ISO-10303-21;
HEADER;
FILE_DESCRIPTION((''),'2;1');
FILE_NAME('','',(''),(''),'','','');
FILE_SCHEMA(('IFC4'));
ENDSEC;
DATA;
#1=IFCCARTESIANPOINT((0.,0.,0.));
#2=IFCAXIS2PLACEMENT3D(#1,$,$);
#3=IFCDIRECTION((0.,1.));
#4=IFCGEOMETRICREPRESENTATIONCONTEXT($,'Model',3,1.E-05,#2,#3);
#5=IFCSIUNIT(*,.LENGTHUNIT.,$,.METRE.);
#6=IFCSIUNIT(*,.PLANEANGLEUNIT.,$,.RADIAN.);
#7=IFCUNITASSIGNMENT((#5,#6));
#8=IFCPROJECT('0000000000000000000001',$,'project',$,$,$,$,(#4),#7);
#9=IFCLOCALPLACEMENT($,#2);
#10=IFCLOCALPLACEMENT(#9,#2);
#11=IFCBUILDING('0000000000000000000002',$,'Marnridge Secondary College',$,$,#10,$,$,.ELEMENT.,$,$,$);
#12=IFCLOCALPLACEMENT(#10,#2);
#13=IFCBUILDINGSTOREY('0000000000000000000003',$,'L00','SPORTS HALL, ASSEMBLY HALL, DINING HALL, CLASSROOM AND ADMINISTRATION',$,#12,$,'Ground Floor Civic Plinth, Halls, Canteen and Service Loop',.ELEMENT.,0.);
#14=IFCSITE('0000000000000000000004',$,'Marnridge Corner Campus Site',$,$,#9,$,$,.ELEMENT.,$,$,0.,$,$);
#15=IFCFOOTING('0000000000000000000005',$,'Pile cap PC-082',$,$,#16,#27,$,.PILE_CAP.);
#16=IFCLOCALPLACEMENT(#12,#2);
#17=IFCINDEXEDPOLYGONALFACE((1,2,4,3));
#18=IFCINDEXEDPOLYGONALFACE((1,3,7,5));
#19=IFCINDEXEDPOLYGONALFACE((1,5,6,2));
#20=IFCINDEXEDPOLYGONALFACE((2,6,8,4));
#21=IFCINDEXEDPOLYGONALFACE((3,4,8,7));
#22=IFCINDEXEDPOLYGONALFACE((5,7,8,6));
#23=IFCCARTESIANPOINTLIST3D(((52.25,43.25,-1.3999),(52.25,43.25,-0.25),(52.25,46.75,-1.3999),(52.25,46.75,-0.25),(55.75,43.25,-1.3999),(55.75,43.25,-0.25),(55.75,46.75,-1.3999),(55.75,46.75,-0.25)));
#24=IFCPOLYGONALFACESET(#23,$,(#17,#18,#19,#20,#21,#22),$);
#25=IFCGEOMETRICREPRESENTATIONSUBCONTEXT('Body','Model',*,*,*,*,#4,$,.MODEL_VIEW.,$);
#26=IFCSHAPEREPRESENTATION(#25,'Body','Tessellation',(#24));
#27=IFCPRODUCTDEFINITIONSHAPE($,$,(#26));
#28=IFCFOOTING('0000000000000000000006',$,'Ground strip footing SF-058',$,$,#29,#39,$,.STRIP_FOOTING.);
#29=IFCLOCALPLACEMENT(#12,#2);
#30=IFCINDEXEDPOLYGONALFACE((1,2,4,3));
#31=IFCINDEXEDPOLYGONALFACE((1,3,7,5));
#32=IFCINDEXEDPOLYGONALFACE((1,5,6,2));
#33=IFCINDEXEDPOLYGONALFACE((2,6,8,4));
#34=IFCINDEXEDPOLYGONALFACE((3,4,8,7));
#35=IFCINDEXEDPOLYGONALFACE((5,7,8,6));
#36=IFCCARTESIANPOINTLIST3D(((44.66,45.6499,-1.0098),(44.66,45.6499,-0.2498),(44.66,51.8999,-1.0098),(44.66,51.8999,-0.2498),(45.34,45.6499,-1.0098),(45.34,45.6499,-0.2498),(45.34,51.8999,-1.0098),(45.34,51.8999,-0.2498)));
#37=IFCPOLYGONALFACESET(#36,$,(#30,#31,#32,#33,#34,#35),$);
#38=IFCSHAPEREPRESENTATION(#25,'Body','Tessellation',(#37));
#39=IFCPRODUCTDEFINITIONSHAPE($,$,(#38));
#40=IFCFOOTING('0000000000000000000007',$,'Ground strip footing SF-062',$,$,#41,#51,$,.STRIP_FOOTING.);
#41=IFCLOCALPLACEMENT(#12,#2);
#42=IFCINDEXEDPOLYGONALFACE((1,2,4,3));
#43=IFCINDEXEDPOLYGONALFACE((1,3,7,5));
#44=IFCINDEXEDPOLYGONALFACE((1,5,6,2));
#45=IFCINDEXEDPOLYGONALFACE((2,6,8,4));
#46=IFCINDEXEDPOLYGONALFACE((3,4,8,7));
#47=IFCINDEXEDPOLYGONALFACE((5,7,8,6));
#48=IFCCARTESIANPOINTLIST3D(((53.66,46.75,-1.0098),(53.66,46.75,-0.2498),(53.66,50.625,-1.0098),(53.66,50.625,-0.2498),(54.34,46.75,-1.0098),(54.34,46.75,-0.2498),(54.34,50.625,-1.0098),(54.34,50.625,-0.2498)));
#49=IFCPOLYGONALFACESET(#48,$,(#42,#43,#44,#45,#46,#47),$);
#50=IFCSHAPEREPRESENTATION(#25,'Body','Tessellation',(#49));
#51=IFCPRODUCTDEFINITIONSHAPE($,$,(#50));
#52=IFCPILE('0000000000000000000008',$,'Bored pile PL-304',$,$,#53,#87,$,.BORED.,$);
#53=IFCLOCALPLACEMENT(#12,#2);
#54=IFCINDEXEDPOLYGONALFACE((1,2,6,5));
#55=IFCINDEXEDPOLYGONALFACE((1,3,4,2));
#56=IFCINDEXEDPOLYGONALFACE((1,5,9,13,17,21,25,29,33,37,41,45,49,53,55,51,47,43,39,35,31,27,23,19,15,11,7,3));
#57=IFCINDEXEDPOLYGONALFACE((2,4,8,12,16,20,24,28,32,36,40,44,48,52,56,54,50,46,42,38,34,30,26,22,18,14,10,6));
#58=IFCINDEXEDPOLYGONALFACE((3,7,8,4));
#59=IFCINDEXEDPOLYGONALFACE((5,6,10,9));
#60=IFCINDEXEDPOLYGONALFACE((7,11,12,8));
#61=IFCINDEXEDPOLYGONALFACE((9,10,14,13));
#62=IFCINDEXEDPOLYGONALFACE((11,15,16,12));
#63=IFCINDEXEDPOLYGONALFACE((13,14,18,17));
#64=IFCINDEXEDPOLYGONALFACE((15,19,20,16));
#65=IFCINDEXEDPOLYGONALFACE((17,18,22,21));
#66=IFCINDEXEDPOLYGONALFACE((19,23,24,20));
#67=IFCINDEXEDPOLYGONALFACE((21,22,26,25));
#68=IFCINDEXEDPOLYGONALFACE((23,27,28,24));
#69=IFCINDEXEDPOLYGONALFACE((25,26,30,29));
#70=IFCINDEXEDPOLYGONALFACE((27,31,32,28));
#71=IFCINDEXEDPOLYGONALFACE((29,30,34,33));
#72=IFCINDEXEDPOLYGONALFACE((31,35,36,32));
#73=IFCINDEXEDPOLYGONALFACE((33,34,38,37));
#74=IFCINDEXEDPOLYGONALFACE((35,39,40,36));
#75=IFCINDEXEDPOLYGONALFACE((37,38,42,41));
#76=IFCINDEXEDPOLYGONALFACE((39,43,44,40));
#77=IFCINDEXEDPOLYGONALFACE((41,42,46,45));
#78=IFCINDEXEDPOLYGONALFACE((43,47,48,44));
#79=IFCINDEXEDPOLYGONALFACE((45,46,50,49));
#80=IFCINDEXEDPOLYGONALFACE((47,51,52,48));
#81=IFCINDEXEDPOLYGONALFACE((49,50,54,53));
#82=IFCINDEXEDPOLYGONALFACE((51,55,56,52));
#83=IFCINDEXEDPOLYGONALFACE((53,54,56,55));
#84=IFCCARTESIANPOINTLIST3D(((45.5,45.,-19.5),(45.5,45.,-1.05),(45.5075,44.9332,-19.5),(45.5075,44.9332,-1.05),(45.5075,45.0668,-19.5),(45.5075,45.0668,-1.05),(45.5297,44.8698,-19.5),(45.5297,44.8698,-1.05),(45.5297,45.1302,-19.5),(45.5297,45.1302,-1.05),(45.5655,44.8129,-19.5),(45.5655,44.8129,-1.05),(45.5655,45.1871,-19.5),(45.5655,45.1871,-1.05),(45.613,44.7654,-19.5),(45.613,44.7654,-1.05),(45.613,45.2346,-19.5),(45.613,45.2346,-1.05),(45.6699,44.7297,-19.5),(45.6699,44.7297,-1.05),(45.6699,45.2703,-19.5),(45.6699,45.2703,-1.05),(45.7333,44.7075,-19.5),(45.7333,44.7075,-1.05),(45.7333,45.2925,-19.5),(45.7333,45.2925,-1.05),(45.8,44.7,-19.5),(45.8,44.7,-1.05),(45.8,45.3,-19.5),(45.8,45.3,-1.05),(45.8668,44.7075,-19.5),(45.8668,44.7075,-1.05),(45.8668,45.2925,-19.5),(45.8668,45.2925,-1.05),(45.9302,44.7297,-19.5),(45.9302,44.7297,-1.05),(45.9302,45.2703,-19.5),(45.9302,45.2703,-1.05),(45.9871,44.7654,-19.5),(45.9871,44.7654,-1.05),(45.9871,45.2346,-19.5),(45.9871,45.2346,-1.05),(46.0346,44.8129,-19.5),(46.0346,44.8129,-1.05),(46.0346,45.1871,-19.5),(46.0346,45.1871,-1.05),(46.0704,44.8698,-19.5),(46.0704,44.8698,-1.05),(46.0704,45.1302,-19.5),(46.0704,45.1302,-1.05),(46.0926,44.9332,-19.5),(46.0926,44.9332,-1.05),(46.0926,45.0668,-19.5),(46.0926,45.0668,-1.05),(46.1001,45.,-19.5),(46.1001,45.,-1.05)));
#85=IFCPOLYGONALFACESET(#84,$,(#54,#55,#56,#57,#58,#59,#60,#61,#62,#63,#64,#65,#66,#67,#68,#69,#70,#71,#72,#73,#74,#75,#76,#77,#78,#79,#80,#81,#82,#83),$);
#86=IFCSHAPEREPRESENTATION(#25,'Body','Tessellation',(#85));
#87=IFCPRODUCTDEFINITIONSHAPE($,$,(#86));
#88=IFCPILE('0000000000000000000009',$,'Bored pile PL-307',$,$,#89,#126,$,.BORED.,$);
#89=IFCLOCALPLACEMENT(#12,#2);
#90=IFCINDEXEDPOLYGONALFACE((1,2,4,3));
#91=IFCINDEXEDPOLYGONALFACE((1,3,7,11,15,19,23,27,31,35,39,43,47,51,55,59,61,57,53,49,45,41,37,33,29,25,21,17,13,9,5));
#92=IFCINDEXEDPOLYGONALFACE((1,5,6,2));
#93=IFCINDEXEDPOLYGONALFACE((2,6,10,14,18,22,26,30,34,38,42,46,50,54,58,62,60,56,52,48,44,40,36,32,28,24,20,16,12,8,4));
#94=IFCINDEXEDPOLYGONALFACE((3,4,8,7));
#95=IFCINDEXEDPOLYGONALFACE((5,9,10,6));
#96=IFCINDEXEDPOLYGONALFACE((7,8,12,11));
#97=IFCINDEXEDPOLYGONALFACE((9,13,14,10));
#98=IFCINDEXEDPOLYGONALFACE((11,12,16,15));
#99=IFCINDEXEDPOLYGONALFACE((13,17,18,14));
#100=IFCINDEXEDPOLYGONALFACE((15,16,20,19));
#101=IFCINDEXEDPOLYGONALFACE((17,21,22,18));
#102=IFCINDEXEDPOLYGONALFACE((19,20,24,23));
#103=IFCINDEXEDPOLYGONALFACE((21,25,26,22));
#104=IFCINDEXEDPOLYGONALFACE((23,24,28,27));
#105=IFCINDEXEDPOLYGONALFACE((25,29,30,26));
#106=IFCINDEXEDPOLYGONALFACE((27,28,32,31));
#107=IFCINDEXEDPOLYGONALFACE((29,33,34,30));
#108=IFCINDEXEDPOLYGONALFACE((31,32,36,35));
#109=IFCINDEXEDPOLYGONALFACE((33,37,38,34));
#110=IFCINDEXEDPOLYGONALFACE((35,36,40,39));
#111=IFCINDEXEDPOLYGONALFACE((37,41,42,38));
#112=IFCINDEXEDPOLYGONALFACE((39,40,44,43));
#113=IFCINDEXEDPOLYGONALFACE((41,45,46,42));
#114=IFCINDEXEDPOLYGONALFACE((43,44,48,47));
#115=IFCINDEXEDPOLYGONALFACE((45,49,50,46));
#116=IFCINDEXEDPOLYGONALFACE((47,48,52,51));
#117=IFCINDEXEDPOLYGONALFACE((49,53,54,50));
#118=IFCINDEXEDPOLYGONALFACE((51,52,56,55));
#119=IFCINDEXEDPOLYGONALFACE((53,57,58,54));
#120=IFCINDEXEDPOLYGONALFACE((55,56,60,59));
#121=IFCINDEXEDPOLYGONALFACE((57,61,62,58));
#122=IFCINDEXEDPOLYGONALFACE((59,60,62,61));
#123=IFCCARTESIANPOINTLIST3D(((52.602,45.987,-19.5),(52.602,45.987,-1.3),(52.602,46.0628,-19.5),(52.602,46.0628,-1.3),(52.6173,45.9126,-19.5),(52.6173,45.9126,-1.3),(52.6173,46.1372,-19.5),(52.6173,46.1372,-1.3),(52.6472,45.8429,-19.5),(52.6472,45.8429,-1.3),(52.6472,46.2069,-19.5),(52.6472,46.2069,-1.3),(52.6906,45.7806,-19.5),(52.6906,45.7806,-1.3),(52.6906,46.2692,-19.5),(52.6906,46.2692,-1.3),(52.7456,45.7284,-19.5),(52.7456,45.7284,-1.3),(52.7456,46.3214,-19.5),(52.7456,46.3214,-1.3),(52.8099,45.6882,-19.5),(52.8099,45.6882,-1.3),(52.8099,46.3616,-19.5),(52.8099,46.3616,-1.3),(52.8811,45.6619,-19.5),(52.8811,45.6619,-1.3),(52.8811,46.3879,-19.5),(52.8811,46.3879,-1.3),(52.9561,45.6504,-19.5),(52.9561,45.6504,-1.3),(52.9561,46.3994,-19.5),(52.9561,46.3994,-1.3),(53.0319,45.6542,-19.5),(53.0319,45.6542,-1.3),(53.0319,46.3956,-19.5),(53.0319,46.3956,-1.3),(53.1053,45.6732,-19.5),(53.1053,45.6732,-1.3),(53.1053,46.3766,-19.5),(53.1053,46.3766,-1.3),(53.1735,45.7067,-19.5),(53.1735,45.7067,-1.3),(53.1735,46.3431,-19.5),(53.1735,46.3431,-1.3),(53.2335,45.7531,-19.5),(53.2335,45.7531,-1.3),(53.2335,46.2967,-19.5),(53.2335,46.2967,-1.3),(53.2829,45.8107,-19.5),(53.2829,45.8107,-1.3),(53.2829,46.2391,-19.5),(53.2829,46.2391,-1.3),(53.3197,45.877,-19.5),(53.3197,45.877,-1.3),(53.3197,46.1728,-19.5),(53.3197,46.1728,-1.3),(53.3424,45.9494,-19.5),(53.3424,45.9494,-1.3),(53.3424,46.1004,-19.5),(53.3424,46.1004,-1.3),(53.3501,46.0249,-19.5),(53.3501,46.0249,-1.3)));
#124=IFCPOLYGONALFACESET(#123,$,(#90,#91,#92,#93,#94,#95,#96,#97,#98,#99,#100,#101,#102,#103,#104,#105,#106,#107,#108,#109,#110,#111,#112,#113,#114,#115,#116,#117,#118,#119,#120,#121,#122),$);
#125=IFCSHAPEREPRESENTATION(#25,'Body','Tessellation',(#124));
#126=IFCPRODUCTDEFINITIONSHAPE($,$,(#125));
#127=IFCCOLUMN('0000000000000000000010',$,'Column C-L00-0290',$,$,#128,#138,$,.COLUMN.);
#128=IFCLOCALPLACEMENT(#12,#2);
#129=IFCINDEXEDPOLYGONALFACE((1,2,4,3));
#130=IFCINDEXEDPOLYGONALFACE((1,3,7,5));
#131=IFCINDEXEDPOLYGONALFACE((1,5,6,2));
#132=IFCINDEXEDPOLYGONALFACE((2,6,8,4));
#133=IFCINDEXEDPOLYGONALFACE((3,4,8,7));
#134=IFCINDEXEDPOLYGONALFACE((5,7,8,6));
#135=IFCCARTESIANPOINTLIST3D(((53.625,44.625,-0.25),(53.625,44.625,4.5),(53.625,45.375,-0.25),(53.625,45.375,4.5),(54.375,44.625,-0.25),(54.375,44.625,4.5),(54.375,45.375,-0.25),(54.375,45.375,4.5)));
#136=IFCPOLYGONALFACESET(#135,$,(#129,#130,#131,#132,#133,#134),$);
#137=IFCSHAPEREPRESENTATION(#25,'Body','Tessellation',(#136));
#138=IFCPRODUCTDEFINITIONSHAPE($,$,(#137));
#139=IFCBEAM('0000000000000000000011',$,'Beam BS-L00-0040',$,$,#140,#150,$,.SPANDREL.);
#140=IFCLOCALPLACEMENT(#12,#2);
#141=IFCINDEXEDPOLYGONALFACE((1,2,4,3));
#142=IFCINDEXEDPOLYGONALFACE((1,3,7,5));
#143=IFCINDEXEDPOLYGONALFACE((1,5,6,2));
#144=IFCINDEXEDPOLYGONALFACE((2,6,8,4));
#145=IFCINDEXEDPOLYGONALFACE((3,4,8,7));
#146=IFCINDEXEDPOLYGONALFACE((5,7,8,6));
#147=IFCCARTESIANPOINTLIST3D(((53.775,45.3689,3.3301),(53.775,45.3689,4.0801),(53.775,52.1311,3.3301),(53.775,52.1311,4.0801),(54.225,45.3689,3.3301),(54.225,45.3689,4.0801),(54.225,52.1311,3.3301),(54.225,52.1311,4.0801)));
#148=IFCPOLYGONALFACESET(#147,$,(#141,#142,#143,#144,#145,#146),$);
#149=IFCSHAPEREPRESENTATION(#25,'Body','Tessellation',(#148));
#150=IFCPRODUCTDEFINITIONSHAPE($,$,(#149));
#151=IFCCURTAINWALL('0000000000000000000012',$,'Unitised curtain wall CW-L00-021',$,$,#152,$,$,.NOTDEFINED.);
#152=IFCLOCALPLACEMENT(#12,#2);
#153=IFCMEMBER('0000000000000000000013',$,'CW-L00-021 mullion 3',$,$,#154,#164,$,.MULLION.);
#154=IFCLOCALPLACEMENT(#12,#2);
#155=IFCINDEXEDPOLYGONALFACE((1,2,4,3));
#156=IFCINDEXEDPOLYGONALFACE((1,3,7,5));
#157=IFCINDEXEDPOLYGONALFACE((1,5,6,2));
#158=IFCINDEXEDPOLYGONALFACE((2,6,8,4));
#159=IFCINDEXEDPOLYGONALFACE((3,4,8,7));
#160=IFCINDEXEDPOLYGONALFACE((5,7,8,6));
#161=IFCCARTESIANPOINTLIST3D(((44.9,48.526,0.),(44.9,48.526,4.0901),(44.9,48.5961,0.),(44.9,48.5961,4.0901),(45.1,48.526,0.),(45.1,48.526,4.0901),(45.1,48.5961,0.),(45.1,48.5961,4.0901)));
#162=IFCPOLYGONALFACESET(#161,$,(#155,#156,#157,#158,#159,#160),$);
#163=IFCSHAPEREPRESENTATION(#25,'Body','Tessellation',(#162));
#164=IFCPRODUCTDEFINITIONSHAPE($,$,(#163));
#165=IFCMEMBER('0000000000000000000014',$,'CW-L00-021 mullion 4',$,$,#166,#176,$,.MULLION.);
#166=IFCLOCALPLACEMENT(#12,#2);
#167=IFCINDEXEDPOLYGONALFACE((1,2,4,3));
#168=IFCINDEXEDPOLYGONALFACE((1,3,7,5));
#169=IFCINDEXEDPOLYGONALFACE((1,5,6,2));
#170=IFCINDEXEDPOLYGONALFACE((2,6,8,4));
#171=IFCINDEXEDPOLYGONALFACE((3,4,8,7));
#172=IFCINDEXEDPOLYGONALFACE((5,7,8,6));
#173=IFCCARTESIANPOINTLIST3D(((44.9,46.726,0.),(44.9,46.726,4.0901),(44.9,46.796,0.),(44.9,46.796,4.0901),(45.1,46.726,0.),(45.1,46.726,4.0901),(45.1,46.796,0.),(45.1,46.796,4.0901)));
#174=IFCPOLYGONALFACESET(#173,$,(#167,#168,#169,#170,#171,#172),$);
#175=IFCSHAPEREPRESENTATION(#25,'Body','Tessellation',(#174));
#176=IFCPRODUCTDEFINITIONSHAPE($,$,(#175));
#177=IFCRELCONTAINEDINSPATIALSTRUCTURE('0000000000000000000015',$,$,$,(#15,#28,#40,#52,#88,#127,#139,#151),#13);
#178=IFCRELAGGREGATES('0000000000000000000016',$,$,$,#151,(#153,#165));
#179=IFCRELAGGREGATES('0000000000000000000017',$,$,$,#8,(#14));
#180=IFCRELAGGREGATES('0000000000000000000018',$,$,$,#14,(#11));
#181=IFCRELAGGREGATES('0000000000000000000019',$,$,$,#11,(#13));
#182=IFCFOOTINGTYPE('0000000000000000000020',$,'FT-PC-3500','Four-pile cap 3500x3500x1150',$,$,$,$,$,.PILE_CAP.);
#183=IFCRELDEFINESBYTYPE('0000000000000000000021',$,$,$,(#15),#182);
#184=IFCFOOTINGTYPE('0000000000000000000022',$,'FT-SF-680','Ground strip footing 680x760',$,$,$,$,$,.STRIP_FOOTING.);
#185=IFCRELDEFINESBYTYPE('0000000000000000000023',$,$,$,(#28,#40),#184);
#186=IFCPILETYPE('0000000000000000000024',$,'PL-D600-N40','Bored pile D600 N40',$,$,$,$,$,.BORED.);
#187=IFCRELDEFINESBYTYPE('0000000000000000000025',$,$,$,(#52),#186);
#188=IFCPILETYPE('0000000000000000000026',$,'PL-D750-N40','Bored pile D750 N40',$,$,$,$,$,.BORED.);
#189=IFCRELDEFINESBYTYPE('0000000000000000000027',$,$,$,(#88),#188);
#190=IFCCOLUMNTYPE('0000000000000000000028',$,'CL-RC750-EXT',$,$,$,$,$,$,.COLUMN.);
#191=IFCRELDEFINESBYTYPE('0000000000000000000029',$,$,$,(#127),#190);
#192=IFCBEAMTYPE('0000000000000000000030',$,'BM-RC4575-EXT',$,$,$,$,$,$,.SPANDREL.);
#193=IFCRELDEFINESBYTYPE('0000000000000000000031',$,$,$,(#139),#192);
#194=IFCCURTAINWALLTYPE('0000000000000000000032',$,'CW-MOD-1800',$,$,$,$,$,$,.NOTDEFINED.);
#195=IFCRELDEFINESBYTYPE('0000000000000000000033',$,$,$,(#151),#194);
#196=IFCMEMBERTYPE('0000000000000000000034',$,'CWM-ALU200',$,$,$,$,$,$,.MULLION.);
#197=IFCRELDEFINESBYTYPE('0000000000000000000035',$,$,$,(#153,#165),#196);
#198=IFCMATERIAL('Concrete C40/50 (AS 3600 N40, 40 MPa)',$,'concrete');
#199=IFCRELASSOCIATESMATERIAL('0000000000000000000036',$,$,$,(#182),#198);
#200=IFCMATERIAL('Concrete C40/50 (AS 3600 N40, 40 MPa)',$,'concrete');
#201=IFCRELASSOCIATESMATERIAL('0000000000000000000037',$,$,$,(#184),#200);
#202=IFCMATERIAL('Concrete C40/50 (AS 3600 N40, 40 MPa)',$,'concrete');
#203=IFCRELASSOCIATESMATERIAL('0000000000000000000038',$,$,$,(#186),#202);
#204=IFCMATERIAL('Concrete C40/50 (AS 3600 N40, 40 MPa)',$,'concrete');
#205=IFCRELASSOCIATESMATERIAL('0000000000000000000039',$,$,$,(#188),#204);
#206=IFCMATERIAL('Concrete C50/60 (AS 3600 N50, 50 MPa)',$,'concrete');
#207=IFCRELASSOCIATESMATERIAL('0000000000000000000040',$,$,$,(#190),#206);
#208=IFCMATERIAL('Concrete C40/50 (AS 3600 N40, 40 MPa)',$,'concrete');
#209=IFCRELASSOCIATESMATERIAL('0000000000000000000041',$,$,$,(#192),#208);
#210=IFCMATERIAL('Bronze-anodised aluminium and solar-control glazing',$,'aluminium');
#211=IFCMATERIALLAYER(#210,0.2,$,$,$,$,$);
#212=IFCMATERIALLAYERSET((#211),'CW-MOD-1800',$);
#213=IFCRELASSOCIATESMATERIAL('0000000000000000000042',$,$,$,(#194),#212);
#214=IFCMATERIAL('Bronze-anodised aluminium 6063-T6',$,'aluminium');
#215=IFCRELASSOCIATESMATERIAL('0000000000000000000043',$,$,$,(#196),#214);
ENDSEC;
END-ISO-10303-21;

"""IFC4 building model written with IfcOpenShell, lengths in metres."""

from ifc_helpers import new_model, si_unit, direction, frame, origin, origin_2d, place, context, subcontext, project, spatial, rectangle, circle, extrude, material, layer, layer_set, material_profile, profile_set, type_object, element, aggregate, save


model = new_model("IFC4")

# Units and contexts
model_context = context("Model", 3, precision=1e-05, world=origin(), true_north=direction((0.0, 1.0)))
body_context = subcontext(model_context, "Body", "Model", "MODEL_VIEW")
ifc_project = project(units=[si_unit("LENGTHUNIT", "METRE"), si_unit("PLANEANGLEUNIT", "RADIAN")], contexts=[model_context])

# Site, building, storey
site_placement = place(None, origin())
site = spatial("IfcSite", under=ifc_project, at=site_placement, Name="Marnridge Corner Campus Site", CompositionType="ELEMENT", RefElevation=0.0)
building_placement = place(site_placement, origin())
building = spatial("IfcBuilding", under=site, at=building_placement, Name="Marnridge Secondary College", CompositionType="ELEMENT")
storey_placement = place(building_placement, origin())
storey = spatial("IfcBuildingStorey", under=building, at=storey_placement, Name="L00", Description="SPORTS HALL, ASSEMBLY HALL, DINING HALL, CLASSROOM AND ADMINISTRATION", LongName="Ground Floor Civic Plinth, Halls, Canteen and Service Loop", CompositionType="ELEMENT", Elevation=0.0)

# Footings
ifc_material_1 = material(Name="Concrete C40/50 (AS 3600 N40, 40 MPa)", Category="concrete")
footing_type_1 = type_object("IfcFootingType", Name="FT-PC-3500", Description="Four-pile cap 3500x3500x1150", PredefinedType="PILE_CAP", material=ifc_material_1)
footing_1_placement = place(storey_placement, frame((54.0, 45.0, -1.3999), z_axis=(0.0, 0.0, 1.0), x_axis=(1.0, 0.0, 0.0)))
element("IfcFooting", 1, at=footing_1_placement, inside=storey, type_object=footing_type_1, Name="Pile cap PC-082", PredefinedType="PILE_CAP", context=body_context, shape_type="SweptSolid", body=[
    extrude(rectangle(XDim=3.5, YDim=3.5, at=origin_2d()), origin(), (0.0, 0.0, 1.0), 1.1499),
])
ifc_material_2 = material(Name="Concrete C40/50 (AS 3600 N40, 40 MPa)", Category="concrete")
footing_type_2 = type_object("IfcFootingType", Name="FT-SF-680", Description="Ground strip footing 680x760", PredefinedType="STRIP_FOOTING", material=ifc_material_2)
footing_2_placement = place(storey_placement, frame((45.0, 48.7749, -1.0098), z_axis=(0.0, 0.0, 1.0), x_axis=(1.0, 0.0, 0.0)))
element("IfcFooting", 2, at=footing_2_placement, inside=storey, type_object=footing_type_2, Name="Ground strip footing SF-058", PredefinedType="STRIP_FOOTING", context=body_context, shape_type="SweptSolid", body=[
    extrude(rectangle(XDim=0.6799, YDim=6.25, at=origin_2d()), origin(), (0.0, 0.0, 1.0), 0.76),
])
footing_3_placement = place(storey_placement, frame((54.0, 48.6875, -1.0098), z_axis=(0.0, 0.0, 1.0), x_axis=(1.0, 0.0, 0.0)))
element("IfcFooting", 3, at=footing_3_placement, inside=storey, type_object=footing_type_2, Name="Ground strip footing SF-062", PredefinedType="STRIP_FOOTING", context=body_context, shape_type="SweptSolid", body=[
    extrude(rectangle(XDim=0.6799, YDim=3.875, at=origin_2d()), origin(), (0.0, 0.0, 1.0), 0.76),
])

# Piles
ifc_material_3 = material(Name="Concrete C40/50 (AS 3600 N40, 40 MPa)", Category="concrete")
ifc_material_profile_1 = material_profile(ifc_material_3, circle(Radius=0.3, at=origin_2d()), Name="PILE D600")
ifc_profile_set_1 = profile_set([ifc_material_profile_1], Name="Concrete C40/50 (AS 3600 N40, 40 MPa)")
pile_type_1 = type_object("IfcPileType", Name="PL-D600-N40", Description="Bored pile D600 N40", PredefinedType="BORED", material=ifc_profile_set_1)
pile_1_placement = place(storey_placement, frame((45.8, 45.0, -1.05), z_axis=(0.0, 0.0, -1.0), x_axis=(1.0, 0.0, 0.0)))
element("IfcPile", 4, at=pile_1_placement, inside=storey, type_object=pile_type_1, Name="Bored pile PL-304", PredefinedType="BORED", context=body_context, shape_type="SweptSolid", body=[
    extrude(circle(Radius=0.3, at=origin_2d()), origin(), (0.0, 0.0, 1.0), 18.45),
])
ifc_material_4 = material(Name="Concrete C40/50 (AS 3600 N40, 40 MPa)", Category="concrete")
ifc_material_profile_2 = material_profile(ifc_material_4, circle(Radius=0.375, at=origin_2d()), Name="PILE D750")
ifc_profile_set_2 = profile_set([ifc_material_profile_2], Name="Concrete C40/50 (AS 3600 N40, 40 MPa)")
pile_type_2 = type_object("IfcPileType", Name="PL-D750-N40", Description="Bored pile D750 N40", PredefinedType="BORED", material=ifc_profile_set_2)
pile_2_placement = place(storey_placement, frame((52.9751, 46.0249, -1.3), z_axis=(0.0, 0.0, -1.0), x_axis=(1.0, 0.0, 0.0)))
element("IfcPile", 5, at=pile_2_placement, inside=storey, type_object=pile_type_2, Name="Bored pile PL-307", PredefinedType="BORED", context=body_context, shape_type="SweptSolid", body=[
    extrude(circle(Radius=0.375, at=origin_2d()), origin(), (0.0, 0.0, 1.0), 18.2),
])

# Column
ifc_material_5 = material(Name="Concrete C50/60 (AS 3600 N50, 50 MPa)", Category="concrete")
ifc_material_profile_3 = material_profile(ifc_material_5, rectangle(XDim=0.75, YDim=0.75, at=origin_2d()), Name="RC 750x750")
ifc_profile_set_3 = profile_set([ifc_material_profile_3], Name="Concrete C50/60 (AS 3600 N50, 50 MPa)")
column_type = type_object("IfcColumnType", Name="CL-RC750-EXT", PredefinedType="COLUMN", material=ifc_profile_set_3)
column_placement = place(storey_placement, frame((54.0, 45.0, -0.25), z_axis=(0.0, 0.0, 1.0), x_axis=(1.0, 0.0, 0.0)))
element("IfcColumn", 6, at=column_placement, inside=storey, type_object=column_type, Name="Column C-L00-0290", PredefinedType="COLUMN", context=body_context, shape_type="SweptSolid", body=[
    extrude(rectangle(XDim=0.75, YDim=0.75, at=origin_2d()), origin(), (0.0, 0.0, 1.0), 4.75),
])

# Beam
ifc_material_6 = material(Name="Concrete C40/50 (AS 3600 N40, 40 MPa)", Category="concrete")
ifc_material_profile_4 = material_profile(ifc_material_6, rectangle(XDim=0.45, YDim=0.75, at=origin_2d()), Name="RC 450x750")
ifc_profile_set_4 = profile_set([ifc_material_profile_4], Name="Concrete C40/50 (AS 3600 N40, 40 MPa)")
beam_type = type_object("IfcBeamType", Name="BM-RC4575-EXT", PredefinedType="SPANDREL", material=ifc_profile_set_4)
beam_placement = place(storey_placement, frame((54.0, 45.3689, 3.7051), z_axis=(0.0, 1.0, 0.0), x_axis=(-1.0, 0.0, 0.0)))
element("IfcBeam", 7, at=beam_placement, inside=storey, type_object=beam_type, Name="Beam BS-L00-0040", PredefinedType="SPANDREL", context=body_context, shape_type="SweptSolid", body=[
    extrude(rectangle(XDim=0.45, YDim=0.75, at=origin_2d()), origin(), (0.0, 0.0, 1.0), 6.7622),
])

# Curtain wall, members
ifc_material_7 = material(Name="Bronze-anodised aluminium and solar-control glazing", Category="aluminium")
ifc_layer_1 = layer(ifc_material_7, 0.2)
ifc_layer_set_1 = layer_set([ifc_layer_1], Name="CW-MOD-1800")
curtain_wall_type = type_object("IfcCurtainWallType", Name="CW-MOD-1800", PredefinedType="NOTDEFINED", material=ifc_layer_set_1)
curtain_wall_placement = place(storey_placement, origin())
curtain_wall = element("IfcCurtainWall", 8, at=curtain_wall_placement, inside=storey, type_object=curtain_wall_type, Name="Unitised curtain wall CW-L00-021", PredefinedType="NOTDEFINED")
ifc_material_8 = material(Name="Bronze-anodised aluminium 6063-T6", Category="aluminium")
ifc_material_profile_5 = material_profile(ifc_material_8, rectangle(XDim=0.0701, YDim=0.2, at=origin_2d()), Name="ALU 70x200")
ifc_profile_set_5 = profile_set([ifc_material_profile_5], Name="Bronze-anodised aluminium 6063-T6")
member_type_1 = type_object("IfcMemberType", Name="CWM-ALU200", PredefinedType="MULLION", material=ifc_profile_set_5)
member_1_placement = place(storey_placement, frame((45.0, 48.561, 0.0), z_axis=(0.0, 0.0, 1.0), x_axis=(0.0, -1.0, 0.0)))
member_1 = element("IfcMember", 9, at=member_1_placement, type_object=member_type_1, Name="CW-L00-021 mullion 3", PredefinedType="MULLION", context=body_context, shape_type="SweptSolid", body=[
    extrude(rectangle(XDim=0.0701, YDim=0.2, at=origin_2d()), origin(), (0.0, 0.0, 1.0), 4.0901),
])
member_2_placement = place(storey_placement, frame((45.0, 46.761, 0.0), z_axis=(0.0, 0.0, 1.0), x_axis=(0.0, -1.0, 0.0)))
member_2 = element("IfcMember", 10, at=member_2_placement, type_object=member_type_1, Name="CW-L00-021 mullion 4", PredefinedType="MULLION", context=body_context, shape_type="SweptSolid", body=[
    extrude(rectangle(XDim=0.0701, YDim=0.2, at=origin_2d()), origin(), (0.0, 0.0, 1.0), 4.0901),
])
aggregate(curtain_wall, [member_1, member_2])

save(model, "model.ifc")
